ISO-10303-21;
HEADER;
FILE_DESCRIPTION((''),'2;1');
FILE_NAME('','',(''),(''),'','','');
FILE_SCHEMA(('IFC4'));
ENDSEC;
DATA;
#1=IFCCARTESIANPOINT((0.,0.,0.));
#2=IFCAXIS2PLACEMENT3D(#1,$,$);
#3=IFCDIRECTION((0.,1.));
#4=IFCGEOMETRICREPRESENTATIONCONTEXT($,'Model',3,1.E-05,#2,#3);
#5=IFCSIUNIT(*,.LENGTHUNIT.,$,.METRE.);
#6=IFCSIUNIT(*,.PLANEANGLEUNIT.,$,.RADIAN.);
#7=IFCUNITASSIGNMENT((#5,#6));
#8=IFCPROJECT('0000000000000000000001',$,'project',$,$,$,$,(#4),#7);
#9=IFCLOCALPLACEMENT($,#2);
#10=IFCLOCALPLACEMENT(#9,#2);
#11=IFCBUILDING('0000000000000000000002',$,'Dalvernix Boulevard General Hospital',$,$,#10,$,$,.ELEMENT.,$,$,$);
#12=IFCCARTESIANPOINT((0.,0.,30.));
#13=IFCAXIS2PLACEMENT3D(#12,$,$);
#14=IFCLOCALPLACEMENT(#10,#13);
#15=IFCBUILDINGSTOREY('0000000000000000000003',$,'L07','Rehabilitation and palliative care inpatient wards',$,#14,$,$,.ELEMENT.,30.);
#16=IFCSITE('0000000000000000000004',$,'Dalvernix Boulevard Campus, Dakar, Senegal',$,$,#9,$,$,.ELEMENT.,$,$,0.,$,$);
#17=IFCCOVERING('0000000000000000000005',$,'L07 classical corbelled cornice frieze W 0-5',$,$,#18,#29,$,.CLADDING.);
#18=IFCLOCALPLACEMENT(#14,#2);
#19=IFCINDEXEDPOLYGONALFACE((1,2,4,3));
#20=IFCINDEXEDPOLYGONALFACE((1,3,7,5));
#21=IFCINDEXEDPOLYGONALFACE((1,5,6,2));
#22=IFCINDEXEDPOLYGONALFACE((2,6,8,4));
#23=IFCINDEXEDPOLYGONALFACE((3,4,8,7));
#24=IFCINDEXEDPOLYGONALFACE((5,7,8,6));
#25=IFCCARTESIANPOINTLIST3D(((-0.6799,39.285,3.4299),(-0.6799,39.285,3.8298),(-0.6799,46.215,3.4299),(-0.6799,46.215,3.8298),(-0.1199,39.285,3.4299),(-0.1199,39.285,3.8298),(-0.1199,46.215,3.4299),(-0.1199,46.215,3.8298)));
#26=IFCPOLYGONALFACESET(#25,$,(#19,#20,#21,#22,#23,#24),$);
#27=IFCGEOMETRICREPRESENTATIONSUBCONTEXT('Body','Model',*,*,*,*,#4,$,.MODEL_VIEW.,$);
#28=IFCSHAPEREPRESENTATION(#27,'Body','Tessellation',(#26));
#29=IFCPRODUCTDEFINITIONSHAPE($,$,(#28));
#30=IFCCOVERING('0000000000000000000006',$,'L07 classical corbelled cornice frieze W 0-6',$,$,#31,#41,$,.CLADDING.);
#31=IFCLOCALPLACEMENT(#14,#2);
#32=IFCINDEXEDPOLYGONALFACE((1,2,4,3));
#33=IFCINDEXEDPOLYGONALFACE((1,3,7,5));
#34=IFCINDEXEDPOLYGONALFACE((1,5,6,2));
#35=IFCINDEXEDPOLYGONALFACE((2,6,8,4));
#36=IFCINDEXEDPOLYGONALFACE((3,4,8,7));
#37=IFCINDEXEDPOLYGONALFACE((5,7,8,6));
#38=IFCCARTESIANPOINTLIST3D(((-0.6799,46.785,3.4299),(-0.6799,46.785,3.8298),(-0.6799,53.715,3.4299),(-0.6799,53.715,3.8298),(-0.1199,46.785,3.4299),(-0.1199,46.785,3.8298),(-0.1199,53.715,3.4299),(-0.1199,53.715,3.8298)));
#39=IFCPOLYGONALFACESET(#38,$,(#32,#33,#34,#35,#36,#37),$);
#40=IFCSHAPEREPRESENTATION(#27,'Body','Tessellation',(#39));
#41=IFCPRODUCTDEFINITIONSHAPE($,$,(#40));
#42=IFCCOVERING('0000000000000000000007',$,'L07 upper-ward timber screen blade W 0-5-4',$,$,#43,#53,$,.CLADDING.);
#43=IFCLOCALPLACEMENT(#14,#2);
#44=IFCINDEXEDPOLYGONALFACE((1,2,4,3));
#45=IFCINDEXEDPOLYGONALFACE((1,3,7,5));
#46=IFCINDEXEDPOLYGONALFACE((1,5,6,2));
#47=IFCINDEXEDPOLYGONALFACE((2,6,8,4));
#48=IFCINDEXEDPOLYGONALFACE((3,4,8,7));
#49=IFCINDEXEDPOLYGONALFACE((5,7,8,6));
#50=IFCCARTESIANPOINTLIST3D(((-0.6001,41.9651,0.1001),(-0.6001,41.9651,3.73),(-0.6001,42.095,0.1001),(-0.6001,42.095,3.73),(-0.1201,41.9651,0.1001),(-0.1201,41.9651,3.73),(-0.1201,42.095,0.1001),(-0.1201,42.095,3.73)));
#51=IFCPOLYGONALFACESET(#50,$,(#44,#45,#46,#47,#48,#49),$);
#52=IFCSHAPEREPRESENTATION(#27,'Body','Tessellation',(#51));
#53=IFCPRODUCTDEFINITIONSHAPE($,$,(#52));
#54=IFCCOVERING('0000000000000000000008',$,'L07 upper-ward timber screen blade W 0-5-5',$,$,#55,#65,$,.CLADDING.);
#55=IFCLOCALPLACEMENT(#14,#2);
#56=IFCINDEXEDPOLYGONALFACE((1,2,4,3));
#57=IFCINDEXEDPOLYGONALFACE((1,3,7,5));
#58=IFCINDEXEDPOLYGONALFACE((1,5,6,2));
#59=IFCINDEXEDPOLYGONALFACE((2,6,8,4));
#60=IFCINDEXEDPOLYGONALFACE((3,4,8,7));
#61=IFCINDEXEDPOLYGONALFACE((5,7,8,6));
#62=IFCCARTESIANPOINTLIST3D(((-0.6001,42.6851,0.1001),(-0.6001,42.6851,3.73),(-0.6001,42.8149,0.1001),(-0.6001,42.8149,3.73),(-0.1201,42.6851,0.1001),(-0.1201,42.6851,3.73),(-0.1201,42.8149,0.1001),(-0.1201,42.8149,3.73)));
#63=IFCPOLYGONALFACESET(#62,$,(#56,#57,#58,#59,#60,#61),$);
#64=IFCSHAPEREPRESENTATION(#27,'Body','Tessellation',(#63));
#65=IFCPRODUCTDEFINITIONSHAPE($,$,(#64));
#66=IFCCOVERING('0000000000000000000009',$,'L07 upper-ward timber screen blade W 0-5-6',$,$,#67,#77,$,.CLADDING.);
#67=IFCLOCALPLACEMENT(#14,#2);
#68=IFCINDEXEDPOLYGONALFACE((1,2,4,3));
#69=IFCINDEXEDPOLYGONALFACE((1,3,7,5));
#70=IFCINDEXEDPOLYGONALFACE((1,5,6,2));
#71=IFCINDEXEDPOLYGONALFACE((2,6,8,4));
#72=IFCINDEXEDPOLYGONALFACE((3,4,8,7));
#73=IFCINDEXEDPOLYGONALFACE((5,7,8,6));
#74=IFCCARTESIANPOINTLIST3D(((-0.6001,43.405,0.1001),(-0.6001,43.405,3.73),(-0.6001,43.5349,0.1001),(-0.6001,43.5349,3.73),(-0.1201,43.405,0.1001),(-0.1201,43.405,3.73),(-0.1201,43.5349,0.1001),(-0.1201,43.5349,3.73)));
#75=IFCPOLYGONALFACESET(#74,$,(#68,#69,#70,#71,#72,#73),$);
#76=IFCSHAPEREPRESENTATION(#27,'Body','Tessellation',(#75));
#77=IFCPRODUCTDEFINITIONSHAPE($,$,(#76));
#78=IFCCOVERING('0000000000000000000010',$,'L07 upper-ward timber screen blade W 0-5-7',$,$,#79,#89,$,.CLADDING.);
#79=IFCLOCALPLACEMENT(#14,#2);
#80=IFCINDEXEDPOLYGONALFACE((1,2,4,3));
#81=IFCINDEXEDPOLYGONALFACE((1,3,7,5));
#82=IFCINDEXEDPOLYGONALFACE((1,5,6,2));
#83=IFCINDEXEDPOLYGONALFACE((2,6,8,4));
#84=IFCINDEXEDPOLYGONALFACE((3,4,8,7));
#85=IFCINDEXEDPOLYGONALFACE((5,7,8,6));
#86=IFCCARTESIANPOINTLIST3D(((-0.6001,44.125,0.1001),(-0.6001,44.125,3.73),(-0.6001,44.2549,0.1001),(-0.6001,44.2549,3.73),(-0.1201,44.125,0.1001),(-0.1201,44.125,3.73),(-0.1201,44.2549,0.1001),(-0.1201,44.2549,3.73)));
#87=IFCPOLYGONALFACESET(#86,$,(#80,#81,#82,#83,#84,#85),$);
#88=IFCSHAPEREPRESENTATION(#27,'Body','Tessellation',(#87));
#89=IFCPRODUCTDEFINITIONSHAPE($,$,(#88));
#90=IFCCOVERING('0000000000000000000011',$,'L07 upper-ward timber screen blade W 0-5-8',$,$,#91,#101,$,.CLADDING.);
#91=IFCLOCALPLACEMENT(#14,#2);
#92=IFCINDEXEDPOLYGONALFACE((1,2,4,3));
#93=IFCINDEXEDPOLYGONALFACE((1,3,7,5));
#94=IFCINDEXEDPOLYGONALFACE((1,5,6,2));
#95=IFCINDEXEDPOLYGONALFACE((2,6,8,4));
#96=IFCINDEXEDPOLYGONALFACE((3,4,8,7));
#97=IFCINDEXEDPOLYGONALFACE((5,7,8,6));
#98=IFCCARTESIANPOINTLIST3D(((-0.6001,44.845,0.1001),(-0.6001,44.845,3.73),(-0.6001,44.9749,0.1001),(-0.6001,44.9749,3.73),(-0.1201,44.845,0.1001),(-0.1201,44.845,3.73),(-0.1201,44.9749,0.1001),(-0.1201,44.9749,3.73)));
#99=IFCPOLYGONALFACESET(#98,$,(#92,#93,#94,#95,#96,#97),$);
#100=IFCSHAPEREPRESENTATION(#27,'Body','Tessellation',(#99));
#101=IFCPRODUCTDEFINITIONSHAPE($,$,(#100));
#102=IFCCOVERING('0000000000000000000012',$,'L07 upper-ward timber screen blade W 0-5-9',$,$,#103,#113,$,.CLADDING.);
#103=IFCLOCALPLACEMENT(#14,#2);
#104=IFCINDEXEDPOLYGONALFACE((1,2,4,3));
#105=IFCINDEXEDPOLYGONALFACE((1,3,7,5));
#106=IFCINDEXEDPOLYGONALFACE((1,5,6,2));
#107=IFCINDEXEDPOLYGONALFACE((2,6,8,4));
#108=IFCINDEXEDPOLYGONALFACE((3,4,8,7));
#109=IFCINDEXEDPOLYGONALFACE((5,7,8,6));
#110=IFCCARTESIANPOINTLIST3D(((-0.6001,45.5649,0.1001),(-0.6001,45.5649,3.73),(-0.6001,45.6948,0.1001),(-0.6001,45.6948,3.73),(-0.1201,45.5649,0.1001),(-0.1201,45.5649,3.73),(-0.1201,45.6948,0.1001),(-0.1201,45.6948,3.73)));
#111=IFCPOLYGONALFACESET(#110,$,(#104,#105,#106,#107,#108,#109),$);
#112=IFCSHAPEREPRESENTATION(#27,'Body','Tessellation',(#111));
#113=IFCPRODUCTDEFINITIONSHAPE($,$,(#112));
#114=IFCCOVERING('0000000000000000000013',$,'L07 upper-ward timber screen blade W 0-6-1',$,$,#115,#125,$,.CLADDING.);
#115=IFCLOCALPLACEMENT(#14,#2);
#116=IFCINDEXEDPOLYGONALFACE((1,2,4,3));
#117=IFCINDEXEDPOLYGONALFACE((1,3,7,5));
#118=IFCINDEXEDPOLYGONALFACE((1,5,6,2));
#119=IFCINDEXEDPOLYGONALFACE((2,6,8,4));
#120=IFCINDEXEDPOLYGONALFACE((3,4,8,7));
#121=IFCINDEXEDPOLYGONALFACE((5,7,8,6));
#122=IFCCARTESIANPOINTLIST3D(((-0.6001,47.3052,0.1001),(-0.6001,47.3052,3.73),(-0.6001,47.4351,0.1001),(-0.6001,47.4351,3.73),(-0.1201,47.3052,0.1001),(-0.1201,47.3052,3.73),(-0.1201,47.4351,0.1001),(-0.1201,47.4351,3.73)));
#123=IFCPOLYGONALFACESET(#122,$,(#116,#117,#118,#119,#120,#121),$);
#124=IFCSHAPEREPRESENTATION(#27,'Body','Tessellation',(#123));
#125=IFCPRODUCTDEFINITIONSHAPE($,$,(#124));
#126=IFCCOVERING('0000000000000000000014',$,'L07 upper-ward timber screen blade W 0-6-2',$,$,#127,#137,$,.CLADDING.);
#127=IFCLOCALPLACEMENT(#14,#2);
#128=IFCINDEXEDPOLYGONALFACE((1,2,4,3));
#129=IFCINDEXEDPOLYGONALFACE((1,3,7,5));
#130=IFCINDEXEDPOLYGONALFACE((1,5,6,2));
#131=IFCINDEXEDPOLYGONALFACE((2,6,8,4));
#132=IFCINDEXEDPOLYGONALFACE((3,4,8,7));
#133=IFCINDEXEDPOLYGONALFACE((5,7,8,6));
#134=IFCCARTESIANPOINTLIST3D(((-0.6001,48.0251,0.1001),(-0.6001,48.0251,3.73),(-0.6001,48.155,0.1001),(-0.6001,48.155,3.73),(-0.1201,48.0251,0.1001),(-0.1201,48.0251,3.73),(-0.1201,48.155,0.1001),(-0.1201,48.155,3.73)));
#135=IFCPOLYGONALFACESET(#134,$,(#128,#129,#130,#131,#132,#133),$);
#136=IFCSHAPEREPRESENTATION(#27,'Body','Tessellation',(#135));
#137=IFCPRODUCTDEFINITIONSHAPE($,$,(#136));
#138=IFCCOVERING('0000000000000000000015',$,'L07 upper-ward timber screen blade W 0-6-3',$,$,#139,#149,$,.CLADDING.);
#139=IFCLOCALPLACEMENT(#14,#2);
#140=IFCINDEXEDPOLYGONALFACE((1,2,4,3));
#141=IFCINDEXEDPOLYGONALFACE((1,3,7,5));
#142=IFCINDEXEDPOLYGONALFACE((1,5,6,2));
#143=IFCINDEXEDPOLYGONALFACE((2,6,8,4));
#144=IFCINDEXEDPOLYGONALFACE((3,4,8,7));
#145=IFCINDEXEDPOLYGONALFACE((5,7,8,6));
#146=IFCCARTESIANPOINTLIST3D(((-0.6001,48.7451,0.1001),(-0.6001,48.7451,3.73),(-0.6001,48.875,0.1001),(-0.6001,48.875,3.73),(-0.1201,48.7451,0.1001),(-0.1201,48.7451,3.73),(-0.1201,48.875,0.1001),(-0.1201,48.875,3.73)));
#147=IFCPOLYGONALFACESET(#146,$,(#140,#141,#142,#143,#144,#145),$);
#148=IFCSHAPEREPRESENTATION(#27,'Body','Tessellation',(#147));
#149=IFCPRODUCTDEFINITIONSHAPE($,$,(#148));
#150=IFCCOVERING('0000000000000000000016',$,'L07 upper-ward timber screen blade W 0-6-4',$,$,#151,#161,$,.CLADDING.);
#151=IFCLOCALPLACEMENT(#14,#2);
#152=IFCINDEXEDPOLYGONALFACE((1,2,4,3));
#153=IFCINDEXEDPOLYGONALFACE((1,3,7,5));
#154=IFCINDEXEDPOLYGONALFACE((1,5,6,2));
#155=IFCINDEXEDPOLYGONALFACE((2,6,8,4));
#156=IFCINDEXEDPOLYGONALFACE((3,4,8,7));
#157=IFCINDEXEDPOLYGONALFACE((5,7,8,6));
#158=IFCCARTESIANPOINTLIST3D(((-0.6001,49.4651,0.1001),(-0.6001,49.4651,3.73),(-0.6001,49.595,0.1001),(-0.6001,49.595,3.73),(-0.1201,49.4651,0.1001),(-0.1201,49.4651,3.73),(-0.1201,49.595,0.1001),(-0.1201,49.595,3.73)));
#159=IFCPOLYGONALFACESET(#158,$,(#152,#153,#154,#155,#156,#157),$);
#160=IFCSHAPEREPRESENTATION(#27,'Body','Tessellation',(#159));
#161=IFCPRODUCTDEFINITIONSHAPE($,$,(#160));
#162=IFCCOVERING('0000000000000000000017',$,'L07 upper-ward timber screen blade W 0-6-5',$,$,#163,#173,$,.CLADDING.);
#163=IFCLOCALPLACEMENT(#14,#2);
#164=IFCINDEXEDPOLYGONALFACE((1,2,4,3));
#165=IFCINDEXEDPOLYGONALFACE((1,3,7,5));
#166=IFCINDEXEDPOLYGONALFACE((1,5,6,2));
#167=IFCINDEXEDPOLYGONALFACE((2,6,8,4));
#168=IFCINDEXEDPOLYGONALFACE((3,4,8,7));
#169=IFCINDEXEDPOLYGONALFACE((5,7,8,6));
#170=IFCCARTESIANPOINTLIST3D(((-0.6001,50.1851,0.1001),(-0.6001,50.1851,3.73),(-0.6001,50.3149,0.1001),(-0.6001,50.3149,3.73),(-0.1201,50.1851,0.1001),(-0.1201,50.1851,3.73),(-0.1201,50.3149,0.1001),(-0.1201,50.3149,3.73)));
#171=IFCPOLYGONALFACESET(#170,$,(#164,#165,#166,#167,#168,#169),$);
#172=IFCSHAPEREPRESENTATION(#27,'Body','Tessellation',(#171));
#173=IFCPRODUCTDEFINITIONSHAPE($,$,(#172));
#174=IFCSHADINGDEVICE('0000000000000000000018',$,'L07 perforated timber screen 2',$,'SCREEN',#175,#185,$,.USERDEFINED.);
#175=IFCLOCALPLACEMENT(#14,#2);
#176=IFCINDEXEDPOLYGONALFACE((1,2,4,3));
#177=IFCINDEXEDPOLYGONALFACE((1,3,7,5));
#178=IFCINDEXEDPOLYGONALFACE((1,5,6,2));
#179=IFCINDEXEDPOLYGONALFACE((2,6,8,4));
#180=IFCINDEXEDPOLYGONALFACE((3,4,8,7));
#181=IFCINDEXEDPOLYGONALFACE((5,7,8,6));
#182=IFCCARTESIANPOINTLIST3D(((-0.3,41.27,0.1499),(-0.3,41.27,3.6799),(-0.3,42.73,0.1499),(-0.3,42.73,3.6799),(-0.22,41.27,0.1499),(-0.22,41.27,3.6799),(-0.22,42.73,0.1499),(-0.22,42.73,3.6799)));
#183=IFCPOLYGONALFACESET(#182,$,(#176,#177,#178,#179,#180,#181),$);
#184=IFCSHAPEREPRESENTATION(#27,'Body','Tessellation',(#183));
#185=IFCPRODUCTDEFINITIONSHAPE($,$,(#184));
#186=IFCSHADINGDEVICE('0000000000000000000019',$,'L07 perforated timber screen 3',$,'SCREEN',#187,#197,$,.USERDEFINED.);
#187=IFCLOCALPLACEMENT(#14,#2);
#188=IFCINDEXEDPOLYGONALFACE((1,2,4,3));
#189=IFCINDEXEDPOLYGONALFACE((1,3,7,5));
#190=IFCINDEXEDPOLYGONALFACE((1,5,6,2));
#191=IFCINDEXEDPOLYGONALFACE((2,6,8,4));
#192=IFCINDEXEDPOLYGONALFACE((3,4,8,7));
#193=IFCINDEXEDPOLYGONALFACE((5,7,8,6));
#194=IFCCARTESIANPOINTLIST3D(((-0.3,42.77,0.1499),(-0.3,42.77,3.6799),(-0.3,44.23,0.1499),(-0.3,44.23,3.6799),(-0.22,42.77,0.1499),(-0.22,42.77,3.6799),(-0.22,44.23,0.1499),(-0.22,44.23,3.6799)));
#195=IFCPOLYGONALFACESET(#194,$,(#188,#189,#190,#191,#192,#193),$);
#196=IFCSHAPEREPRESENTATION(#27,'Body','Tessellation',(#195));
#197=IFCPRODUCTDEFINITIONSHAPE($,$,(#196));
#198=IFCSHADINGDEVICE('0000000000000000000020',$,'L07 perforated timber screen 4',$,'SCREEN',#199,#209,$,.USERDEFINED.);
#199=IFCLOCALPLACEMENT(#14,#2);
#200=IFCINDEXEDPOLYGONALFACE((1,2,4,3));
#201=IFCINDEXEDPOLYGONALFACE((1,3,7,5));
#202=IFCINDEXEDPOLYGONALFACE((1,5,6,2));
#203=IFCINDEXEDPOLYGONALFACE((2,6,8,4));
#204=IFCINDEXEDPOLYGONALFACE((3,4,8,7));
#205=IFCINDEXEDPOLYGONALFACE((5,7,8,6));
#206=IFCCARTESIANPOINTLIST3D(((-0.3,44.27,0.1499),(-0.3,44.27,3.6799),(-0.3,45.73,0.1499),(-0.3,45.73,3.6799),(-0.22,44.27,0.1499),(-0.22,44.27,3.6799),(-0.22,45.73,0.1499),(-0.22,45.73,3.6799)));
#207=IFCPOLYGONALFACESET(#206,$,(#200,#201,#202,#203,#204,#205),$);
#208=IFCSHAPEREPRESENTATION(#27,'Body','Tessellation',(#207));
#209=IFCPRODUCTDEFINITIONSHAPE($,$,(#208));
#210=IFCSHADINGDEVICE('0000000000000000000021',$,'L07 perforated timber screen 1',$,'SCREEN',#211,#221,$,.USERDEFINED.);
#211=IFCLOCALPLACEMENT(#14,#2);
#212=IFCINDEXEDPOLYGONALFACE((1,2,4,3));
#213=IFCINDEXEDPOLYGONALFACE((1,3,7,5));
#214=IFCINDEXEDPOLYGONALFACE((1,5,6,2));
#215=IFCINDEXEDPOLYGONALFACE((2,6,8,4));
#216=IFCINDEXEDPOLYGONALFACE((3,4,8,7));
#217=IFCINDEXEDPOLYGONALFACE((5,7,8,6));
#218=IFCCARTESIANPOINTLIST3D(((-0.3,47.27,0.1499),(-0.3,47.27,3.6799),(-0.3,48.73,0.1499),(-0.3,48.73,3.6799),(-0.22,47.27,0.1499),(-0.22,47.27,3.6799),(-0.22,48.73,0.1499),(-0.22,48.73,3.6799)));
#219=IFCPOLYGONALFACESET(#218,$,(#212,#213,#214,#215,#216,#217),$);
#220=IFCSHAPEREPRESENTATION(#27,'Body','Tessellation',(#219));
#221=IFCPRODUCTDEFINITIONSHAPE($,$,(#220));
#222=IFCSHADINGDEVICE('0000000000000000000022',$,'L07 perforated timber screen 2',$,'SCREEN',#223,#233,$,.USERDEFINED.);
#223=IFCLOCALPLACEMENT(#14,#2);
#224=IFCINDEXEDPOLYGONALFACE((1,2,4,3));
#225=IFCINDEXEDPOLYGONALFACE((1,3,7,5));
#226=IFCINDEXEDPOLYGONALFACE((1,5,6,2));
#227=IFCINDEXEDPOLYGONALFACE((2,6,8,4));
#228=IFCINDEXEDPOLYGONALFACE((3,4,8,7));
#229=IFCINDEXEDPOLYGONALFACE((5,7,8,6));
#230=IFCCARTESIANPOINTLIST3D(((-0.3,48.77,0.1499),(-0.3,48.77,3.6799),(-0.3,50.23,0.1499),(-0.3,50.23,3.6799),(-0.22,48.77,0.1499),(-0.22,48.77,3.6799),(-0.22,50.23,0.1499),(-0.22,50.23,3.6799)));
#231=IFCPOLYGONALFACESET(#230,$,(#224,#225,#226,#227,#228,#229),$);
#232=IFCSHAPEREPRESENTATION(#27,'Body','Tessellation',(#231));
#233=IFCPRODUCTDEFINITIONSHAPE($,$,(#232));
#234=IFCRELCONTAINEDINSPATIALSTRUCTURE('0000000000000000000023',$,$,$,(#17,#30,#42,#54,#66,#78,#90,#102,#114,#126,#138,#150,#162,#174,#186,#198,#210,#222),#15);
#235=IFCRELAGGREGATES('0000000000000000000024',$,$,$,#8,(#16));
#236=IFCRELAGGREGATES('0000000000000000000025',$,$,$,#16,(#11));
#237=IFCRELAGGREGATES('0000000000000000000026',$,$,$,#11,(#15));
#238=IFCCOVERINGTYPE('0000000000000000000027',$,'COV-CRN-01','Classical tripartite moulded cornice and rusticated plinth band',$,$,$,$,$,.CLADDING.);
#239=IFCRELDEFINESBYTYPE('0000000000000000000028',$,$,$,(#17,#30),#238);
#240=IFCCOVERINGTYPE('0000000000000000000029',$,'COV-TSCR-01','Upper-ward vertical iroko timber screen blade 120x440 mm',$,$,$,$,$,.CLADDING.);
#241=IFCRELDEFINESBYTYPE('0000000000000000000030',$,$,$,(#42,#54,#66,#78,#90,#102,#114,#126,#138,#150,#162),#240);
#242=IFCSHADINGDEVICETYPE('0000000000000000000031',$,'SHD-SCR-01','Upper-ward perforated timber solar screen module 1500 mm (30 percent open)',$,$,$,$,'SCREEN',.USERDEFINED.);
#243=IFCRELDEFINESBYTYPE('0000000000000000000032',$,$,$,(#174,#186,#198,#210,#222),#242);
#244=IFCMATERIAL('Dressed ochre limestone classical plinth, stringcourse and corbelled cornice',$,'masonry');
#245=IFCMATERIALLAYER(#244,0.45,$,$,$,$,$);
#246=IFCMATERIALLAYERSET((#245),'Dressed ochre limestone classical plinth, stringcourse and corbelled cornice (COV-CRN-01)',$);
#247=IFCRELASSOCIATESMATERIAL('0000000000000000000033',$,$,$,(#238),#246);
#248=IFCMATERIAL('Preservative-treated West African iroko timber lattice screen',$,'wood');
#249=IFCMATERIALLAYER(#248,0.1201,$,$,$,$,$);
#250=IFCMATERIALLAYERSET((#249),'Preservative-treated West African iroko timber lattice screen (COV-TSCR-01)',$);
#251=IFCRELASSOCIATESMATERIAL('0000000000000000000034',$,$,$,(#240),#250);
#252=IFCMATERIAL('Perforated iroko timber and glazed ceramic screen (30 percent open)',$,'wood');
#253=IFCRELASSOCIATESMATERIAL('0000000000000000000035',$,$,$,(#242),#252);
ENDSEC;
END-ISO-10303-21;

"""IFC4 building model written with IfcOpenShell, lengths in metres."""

from ifc_helpers import new_model, si_unit, direction, frame, origin, origin_2d, place, context, subcontext, project, spatial, rectangle, extrude, material, layer, layer_set, type_object, element, save


model = new_model("IFC4")

# Units and contexts
model_context = context("Model", 3, precision=1e-05, world=origin(), true_north=direction((0.0, 1.0)))
body_context = subcontext(model_context, "Body", "Model", "MODEL_VIEW")
ifc_project = project(units=[si_unit("LENGTHUNIT", "METRE"), si_unit("PLANEANGLEUNIT", "RADIAN")], contexts=[model_context])

# Site, building, storey
site_placement = place(None, origin())
site = spatial("IfcSite", under=ifc_project, at=site_placement, Name="Dalvernix Boulevard Campus, Dakar, Senegal", CompositionType="ELEMENT", RefElevation=0.0)
building_placement = place(site_placement, origin())
building = spatial("IfcBuilding", under=site, at=building_placement, Name="Dalvernix Boulevard General Hospital", CompositionType="ELEMENT")
storey_placement = place(building_placement, frame((0.0, 0.0, 30.0)))
storey = spatial("IfcBuildingStorey", under=building, at=storey_placement, Name="L07", Description="Rehabilitation and palliative care inpatient wards", CompositionType="ELEMENT", Elevation=30.0)

# Coverings
ifc_material_1 = material(Name="Dressed ochre limestone classical plinth, stringcourse and corbelled cornice", Category="masonry")
ifc_layer_1 = layer(ifc_material_1, 0.45)
ifc_layer_set_1 = layer_set([ifc_layer_1], Name="Dressed ochre limestone classical plinth, stringcourse and corbelled cornice (COV-CRN-01)")
covering_type_1 = type_object("IfcCoveringType", Name="COV-CRN-01", Description="Classical tripartite moulded cornice and rusticated plinth band", PredefinedType="CLADDING", material=ifc_layer_set_1)
for number, where, z_axis, x_axis, name in (
    (1, (-0.3999, 42.75, 3.4299), (0.0, 0.0, 1.0), (0.0, 1.0, 0.0), "L07 classical corbelled cornice frieze W 0-5"),
    (2, (-0.3999, 50.25, 3.4299), (0.0, 0.0, 1.0), (0.0, 1.0, 0.0), "L07 classical corbelled cornice frieze W 0-6"),
):
    element("IfcCovering", number, at=place(storey_placement, frame(where, z_axis=z_axis, x_axis=x_axis)), inside=storey, type_object=covering_type_1, Name=name, PredefinedType="CLADDING", context=body_context, shape_type="SweptSolid", body=[
        extrude(rectangle(XDim=6.9299, YDim=0.5601, at=origin_2d()), origin(), (0.0, 0.0, 1.0), 0.3999),
    ])
ifc_material_2 = material(Name="Preservative-treated West African iroko timber lattice screen", Category="wood")
ifc_layer_2 = layer(ifc_material_2, 0.1201)
ifc_layer_set_2 = layer_set([ifc_layer_2], Name="Preservative-treated West African iroko timber lattice screen (COV-TSCR-01)")
covering_type_2 = type_object("IfcCoveringType", Name="COV-TSCR-01", Description="Upper-ward vertical iroko timber screen blade 120x440 mm", PredefinedType="CLADDING", material=ifc_layer_set_2)
for number, where, z_axis, x_axis, name in (
    (3, (-0.3601, 42.03, 0.1001), (0.0, 0.0, 1.0), (0.0, 1.0, 0.0), "L07 upper-ward timber screen blade W 0-5-4"),
    (4, (-0.3601, 42.75, 0.1001), (0.0, 0.0, 1.0), (0.0, 1.0, 0.0), "L07 upper-ward timber screen blade W 0-5-5"),
    (5, (-0.3601, 43.47, 0.1001), (0.0, 0.0, 1.0), (0.0, 1.0, 0.0), "L07 upper-ward timber screen blade W 0-5-6"),
    (6, (-0.3601, 44.1899, 0.1001), (0.0, 0.0, 1.0), (0.0, 1.0, 0.0), "L07 upper-ward timber screen blade W 0-5-7"),
    (7, (-0.3601, 44.9099, 0.1001), (0.0, 0.0, 1.0), (0.0, 1.0, 0.0), "L07 upper-ward timber screen blade W 0-5-8"),
    (8, (-0.3601, 45.6299, 0.1001), (0.0, 0.0, 1.0), (0.0, 1.0, 0.0), "L07 upper-ward timber screen blade W 0-5-9"),
    (9, (-0.3601, 47.3701, 0.1001), (0.0, 0.0, 1.0), (0.0, 1.0, 0.0), "L07 upper-ward timber screen blade W 0-6-1"),
    (10, (-0.3601, 48.0901, 0.1001), (0.0, 0.0, 1.0), (0.0, 1.0, 0.0), "L07 upper-ward timber screen blade W 0-6-2"),
    (11, (-0.3601, 48.8101, 0.1001), (0.0, 0.0, 1.0), (0.0, 1.0, 0.0), "L07 upper-ward timber screen blade W 0-6-3"),
    (12, (-0.3601, 49.53, 0.1001), (0.0, 0.0, 1.0), (0.0, 1.0, 0.0), "L07 upper-ward timber screen blade W 0-6-4"),
    (13, (-0.3601, 50.25, 0.1001), (0.0, 0.0, 1.0), (0.0, 1.0, 0.0), "L07 upper-ward timber screen blade W 0-6-5"),
):
    element("IfcCovering", number, at=place(storey_placement, frame(where, z_axis=z_axis, x_axis=x_axis)), inside=storey, type_object=covering_type_2, Name=name, PredefinedType="CLADDING", context=body_context, shape_type="SweptSolid", body=[
        extrude(rectangle(XDim=0.1299, YDim=0.48, at=origin_2d()), origin(), (0.0, 0.0, 1.0), 3.6299),
    ])

# Shading devices
ifc_material_3 = material(Name="Perforated iroko timber and glazed ceramic screen (30 percent open)", Category="wood")
shading_device_type = type_object("IfcShadingDeviceType", Name="SHD-SCR-01", Description="Upper-ward perforated timber solar screen module 1500 mm (30 percent open)", ElementType="SCREEN", PredefinedType="USERDEFINED", material=ifc_material_3)
for number, where, z_axis, x_axis, name in (
    (14, (-0.26, 42.0, 0.1499), (0.0, 0.0, 1.0), (0.0, 1.0, 0.0), "L07 perforated timber screen 2"),
    (15, (-0.26, 43.5, 0.1499), (0.0, 0.0, 1.0), (0.0, 1.0, 0.0), "L07 perforated timber screen 3"),
    (16, (-0.26, 45.0, 0.1499), (0.0, 0.0, 1.0), (0.0, 1.0, 0.0), "L07 perforated timber screen 4"),
    (17, (-0.26, 48.0, 0.1499), (0.0, 0.0, 1.0), (0.0, 1.0, 0.0), "L07 perforated timber screen 1"),
    (18, (-0.26, 49.5, 0.1499), (0.0, 0.0, 1.0), (0.0, 1.0, 0.0), "L07 perforated timber screen 2"),
):
    element("IfcShadingDevice", number, at=place(storey_placement, frame(where, z_axis=z_axis, x_axis=x_axis)), inside=storey, type_object=shading_device_type, Name=name, ObjectType="SCREEN", PredefinedType="USERDEFINED", context=body_context, shape_type="SweptSolid", body=[
        extrude(rectangle(XDim=1.46, YDim=0.0801, at=origin_2d()), origin(), (0.0, 0.0, 1.0), 3.53),
    ])

save(model, "model.ifc")
